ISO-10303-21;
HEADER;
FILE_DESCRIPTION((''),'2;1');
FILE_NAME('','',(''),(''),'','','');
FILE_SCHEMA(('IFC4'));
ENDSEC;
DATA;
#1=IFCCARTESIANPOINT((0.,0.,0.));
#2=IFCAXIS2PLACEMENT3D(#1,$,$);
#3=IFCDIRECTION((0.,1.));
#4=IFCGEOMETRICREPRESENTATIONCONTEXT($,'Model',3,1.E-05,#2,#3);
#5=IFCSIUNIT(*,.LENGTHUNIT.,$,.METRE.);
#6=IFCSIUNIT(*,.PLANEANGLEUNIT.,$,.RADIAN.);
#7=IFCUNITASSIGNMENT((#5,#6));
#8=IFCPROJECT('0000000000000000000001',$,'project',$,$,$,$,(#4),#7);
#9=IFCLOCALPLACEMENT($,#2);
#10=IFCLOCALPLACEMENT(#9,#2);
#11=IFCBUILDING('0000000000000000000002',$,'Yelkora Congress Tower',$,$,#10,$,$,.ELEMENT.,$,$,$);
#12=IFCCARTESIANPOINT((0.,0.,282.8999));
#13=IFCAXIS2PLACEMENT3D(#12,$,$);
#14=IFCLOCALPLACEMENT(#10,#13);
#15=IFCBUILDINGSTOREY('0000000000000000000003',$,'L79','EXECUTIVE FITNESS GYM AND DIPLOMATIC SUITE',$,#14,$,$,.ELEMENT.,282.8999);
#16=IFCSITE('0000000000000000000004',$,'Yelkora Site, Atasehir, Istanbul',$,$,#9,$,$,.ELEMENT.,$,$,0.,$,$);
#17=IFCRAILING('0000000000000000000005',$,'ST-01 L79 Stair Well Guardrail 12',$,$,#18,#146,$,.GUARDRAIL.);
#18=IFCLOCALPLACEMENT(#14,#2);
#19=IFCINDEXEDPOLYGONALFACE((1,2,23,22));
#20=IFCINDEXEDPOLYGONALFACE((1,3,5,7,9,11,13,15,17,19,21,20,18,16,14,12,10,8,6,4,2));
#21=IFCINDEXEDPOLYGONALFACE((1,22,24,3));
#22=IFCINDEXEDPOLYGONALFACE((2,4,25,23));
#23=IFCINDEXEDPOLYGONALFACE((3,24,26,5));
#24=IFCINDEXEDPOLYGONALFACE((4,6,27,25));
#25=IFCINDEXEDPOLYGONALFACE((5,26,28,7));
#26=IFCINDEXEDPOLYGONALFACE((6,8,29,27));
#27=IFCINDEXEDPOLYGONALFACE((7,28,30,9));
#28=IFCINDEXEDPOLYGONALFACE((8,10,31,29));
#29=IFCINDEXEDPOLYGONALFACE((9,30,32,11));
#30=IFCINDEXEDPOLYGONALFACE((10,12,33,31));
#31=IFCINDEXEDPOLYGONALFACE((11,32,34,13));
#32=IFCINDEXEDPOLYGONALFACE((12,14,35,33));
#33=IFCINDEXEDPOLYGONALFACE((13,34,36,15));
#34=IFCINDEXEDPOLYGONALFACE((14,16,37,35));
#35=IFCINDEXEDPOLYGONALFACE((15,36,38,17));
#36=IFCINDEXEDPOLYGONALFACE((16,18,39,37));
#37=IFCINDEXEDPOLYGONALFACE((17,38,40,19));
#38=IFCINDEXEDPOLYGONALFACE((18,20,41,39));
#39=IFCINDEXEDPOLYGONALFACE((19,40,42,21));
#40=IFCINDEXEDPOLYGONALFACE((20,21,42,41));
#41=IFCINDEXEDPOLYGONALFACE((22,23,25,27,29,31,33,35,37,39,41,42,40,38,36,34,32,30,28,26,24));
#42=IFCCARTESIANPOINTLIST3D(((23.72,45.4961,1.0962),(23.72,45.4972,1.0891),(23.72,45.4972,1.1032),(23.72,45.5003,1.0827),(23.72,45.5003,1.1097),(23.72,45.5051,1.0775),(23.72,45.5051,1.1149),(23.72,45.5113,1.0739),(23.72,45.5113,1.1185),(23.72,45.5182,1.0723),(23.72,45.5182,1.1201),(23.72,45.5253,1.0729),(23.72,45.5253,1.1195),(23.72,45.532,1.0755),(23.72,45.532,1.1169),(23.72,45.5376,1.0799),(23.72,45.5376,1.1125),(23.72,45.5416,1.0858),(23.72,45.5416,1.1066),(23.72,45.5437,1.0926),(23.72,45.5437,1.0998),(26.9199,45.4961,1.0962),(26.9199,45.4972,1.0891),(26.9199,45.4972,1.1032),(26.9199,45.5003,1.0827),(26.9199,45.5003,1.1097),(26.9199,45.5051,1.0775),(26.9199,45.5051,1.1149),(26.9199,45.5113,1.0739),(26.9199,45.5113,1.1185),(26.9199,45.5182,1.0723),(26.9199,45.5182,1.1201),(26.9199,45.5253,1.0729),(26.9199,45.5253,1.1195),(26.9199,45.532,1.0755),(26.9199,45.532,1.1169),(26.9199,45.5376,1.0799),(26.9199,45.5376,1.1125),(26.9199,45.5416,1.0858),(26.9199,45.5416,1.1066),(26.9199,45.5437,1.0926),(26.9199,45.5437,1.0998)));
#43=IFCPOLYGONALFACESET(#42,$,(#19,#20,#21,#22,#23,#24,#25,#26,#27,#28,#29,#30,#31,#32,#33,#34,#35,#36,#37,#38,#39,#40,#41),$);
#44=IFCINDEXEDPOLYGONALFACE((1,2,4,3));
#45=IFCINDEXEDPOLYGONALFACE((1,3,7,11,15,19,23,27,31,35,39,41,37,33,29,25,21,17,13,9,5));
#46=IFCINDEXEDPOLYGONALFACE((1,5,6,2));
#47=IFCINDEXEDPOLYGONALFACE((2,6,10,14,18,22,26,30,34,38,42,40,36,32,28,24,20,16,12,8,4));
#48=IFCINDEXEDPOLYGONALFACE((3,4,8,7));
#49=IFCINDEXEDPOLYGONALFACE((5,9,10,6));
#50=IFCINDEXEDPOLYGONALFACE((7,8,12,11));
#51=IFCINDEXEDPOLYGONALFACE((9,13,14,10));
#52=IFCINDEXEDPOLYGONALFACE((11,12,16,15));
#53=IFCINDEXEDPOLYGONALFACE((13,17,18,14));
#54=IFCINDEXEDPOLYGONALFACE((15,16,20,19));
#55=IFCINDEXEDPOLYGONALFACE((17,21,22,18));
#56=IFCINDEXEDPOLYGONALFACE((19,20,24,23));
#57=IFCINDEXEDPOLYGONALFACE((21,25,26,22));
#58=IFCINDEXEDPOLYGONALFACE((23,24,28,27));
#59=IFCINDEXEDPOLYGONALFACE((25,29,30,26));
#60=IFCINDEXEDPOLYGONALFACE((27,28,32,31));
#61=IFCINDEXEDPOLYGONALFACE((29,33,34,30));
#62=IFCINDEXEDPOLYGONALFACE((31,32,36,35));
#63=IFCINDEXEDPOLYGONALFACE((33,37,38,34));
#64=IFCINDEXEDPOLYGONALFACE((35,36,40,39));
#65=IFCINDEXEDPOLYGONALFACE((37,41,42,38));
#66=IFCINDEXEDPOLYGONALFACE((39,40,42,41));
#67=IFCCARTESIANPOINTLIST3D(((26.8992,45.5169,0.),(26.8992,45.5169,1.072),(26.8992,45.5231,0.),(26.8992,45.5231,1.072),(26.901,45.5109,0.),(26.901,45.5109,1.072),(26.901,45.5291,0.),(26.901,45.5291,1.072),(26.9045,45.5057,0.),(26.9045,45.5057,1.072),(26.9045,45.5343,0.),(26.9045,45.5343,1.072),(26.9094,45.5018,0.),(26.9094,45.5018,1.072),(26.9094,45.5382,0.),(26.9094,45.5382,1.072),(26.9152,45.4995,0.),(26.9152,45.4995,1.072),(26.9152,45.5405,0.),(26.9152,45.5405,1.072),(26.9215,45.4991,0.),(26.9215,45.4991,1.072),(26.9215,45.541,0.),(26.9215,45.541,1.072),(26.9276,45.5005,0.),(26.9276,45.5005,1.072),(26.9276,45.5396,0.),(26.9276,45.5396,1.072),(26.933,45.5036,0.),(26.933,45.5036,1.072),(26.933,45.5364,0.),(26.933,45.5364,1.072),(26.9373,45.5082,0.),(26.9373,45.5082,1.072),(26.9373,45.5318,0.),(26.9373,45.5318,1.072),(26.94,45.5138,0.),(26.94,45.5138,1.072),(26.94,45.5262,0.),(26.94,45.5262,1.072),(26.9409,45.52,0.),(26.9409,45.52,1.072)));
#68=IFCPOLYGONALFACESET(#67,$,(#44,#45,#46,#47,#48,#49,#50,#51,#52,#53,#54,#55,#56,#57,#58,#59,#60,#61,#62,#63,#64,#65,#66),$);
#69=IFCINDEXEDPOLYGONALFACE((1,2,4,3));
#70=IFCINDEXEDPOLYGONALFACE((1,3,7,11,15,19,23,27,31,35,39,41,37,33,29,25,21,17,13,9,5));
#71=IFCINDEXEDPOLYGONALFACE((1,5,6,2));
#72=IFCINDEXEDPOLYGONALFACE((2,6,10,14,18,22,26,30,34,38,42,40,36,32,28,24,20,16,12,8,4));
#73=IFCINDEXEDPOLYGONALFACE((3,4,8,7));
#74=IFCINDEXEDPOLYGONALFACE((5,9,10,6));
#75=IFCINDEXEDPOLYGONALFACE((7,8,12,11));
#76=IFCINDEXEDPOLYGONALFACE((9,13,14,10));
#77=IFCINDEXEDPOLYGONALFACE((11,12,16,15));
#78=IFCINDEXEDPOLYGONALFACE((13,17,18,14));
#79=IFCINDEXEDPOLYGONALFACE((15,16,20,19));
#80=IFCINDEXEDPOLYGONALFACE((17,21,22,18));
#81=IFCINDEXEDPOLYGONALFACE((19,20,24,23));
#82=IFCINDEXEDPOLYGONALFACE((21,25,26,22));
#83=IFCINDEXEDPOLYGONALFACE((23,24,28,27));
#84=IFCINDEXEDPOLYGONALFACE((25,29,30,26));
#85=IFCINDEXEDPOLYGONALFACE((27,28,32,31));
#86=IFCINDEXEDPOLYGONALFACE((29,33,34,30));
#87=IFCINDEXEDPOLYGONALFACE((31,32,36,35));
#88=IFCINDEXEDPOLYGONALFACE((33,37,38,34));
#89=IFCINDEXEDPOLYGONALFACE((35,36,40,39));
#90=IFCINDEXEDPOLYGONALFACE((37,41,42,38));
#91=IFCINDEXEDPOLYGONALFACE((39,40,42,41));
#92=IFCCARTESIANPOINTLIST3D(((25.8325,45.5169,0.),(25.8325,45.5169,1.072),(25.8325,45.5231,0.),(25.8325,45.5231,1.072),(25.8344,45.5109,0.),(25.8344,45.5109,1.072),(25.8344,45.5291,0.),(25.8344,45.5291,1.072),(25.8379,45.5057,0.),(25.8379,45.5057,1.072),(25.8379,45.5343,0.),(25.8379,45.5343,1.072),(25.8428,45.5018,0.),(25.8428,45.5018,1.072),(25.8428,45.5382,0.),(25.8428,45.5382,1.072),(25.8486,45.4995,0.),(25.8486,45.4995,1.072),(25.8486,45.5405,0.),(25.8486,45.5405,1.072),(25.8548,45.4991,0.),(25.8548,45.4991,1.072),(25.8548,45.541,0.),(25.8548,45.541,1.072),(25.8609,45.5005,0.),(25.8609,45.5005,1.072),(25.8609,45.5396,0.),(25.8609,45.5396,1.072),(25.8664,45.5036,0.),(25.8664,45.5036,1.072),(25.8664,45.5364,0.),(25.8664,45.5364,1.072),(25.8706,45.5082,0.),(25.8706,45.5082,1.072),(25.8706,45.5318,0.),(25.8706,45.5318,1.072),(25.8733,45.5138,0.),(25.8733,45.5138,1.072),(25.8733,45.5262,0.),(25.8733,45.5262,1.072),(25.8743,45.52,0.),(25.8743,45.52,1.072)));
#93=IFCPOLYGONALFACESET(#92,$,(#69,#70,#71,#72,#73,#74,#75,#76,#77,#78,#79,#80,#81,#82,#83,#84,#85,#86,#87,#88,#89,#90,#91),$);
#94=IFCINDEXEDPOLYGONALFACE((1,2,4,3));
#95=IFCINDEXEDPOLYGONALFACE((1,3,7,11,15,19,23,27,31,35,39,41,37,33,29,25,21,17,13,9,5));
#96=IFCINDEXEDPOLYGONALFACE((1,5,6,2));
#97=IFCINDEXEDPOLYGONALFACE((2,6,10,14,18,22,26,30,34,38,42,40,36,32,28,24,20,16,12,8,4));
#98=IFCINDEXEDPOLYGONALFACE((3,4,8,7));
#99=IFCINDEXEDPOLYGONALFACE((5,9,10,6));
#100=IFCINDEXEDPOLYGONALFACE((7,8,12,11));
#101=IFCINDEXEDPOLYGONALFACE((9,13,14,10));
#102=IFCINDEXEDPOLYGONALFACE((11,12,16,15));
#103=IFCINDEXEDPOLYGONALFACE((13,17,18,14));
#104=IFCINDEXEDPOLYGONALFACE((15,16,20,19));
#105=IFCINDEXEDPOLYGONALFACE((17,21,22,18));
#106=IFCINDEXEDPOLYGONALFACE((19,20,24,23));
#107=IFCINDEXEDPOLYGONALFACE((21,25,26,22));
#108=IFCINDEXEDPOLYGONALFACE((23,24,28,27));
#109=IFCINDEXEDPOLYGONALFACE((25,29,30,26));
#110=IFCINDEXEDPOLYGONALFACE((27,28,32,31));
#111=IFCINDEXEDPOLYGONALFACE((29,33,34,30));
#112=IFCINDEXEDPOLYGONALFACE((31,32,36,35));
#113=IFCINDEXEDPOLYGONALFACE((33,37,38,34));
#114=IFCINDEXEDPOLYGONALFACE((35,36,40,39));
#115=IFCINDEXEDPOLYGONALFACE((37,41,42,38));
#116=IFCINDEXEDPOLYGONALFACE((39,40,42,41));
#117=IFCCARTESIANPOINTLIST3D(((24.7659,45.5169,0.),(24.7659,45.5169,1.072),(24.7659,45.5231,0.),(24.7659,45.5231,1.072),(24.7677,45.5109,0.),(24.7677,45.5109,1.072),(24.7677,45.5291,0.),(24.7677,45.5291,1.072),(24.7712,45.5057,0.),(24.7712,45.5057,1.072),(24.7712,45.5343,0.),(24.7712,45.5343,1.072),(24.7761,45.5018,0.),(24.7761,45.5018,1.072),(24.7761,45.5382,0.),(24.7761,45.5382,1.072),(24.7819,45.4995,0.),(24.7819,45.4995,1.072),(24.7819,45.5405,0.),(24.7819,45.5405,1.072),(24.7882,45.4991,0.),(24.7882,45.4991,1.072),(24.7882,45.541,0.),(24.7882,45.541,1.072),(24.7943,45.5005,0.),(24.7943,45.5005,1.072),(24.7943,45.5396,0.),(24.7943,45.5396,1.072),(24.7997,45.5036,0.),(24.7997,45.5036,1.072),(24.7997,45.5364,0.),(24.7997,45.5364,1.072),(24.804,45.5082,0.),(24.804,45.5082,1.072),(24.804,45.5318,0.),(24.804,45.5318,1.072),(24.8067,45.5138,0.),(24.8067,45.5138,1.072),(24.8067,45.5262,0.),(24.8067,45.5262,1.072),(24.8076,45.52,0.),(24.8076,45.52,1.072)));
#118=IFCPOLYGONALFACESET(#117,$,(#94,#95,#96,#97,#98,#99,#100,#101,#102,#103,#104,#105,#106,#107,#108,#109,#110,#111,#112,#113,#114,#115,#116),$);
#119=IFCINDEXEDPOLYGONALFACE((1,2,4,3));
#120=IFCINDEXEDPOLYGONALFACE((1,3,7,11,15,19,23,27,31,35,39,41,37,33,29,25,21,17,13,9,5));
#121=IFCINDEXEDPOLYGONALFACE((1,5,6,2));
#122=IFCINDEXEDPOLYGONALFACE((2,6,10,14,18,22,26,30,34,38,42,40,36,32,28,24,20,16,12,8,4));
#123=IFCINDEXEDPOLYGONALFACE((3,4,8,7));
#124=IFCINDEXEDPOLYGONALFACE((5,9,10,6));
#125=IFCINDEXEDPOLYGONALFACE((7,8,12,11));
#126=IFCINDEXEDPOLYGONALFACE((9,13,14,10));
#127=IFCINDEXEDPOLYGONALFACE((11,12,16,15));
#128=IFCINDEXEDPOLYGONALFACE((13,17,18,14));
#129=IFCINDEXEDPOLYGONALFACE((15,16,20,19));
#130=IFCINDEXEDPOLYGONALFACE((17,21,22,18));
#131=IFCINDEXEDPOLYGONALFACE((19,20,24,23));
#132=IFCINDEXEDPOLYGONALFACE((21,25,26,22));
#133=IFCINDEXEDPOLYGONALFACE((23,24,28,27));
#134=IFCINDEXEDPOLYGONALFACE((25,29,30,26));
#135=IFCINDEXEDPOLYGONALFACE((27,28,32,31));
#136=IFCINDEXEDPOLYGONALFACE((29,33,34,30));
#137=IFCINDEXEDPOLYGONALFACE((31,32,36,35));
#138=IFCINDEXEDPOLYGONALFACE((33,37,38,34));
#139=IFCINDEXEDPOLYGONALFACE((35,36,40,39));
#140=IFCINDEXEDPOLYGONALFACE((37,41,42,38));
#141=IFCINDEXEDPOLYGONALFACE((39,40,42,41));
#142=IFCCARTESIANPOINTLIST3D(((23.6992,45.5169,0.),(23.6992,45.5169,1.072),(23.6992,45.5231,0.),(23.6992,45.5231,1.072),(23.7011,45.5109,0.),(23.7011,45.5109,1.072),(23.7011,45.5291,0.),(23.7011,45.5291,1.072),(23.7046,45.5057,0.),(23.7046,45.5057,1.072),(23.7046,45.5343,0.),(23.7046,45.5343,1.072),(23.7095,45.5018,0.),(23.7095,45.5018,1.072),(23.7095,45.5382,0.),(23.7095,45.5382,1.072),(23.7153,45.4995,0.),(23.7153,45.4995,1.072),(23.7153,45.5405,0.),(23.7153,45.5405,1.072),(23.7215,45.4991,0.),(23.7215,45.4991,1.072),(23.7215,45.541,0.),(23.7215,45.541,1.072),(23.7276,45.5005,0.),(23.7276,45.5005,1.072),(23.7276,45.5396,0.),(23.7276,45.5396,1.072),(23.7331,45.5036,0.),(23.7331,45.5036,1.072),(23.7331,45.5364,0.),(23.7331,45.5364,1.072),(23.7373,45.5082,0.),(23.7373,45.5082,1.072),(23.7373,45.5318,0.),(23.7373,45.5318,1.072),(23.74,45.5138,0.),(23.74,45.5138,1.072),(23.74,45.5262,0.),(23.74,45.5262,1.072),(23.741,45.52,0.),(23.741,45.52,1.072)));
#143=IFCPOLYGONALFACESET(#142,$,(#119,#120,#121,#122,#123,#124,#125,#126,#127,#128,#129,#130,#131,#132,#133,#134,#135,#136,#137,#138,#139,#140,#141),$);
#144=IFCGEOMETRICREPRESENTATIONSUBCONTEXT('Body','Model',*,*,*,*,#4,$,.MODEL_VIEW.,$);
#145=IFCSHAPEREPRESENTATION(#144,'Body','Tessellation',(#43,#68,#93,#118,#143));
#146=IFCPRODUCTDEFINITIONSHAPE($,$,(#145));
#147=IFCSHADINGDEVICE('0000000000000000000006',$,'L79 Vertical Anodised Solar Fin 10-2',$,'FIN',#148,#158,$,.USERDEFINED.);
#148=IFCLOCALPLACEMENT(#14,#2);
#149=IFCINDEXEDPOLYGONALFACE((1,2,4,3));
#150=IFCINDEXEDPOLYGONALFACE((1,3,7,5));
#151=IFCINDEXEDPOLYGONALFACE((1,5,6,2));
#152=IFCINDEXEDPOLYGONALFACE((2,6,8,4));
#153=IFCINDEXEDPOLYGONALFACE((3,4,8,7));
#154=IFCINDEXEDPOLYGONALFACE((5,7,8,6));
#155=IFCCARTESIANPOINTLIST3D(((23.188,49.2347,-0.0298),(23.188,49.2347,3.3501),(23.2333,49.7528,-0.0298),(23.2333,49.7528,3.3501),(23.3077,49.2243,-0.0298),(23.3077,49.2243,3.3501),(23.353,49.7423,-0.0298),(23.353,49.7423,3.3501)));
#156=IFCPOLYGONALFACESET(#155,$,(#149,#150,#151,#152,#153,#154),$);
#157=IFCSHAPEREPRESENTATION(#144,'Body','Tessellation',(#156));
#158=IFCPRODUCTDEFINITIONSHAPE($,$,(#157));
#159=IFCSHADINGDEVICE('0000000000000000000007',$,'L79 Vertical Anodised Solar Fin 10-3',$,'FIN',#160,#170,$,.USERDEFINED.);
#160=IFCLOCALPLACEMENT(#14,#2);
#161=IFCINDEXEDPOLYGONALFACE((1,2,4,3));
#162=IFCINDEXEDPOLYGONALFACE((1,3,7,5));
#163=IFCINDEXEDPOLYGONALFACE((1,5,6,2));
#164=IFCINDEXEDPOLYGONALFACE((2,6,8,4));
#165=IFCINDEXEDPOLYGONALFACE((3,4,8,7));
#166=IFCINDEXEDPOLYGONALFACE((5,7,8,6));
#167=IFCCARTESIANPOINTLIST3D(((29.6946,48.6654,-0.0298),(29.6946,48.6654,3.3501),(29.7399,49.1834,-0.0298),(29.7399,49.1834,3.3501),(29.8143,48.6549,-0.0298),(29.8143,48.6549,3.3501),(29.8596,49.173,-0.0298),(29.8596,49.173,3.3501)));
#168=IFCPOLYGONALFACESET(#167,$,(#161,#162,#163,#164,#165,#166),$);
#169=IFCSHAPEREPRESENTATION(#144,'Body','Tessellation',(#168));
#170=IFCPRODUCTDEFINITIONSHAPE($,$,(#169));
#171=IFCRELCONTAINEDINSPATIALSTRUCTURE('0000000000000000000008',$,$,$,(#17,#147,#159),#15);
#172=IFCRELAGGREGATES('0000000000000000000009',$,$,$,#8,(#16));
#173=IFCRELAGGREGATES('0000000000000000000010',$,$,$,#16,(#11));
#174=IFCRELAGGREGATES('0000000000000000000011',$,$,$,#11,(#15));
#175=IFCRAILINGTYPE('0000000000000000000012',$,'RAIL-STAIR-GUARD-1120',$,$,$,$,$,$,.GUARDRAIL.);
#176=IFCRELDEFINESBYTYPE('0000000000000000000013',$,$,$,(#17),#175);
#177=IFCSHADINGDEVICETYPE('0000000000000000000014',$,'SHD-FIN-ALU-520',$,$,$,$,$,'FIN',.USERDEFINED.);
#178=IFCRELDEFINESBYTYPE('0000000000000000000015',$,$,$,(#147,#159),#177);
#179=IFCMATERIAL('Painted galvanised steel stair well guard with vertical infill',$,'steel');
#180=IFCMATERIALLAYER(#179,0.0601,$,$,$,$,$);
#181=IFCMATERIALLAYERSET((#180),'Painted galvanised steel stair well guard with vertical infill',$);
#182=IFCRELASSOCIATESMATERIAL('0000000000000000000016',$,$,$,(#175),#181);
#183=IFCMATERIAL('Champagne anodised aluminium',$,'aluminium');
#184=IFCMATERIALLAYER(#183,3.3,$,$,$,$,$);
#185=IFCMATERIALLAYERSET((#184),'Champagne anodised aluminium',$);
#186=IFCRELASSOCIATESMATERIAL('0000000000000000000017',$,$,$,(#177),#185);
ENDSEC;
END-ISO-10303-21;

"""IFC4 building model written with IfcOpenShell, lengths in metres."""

from ifc_helpers import new_model, si_unit, direction, frame, origin, origin_2d, place, context, subcontext, project, spatial, rectangle, circle, extrude, material, layer, layer_set, type_object, element, save


model = new_model("IFC4")

# Units and contexts
model_context = context("Model", 3, precision=1e-05, world=origin(), true_north=direction((0.0, 1.0)))
body_context = subcontext(model_context, "Body", "Model", "MODEL_VIEW")
ifc_project = project(units=[si_unit("LENGTHUNIT", "METRE"), si_unit("PLANEANGLEUNIT", "RADIAN")], contexts=[model_context])

# Site, building, storey
site_placement = place(None, origin())
site = spatial("IfcSite", under=ifc_project, at=site_placement, Name="Yelkora Site, Atasehir, Istanbul", CompositionType="ELEMENT", RefElevation=0.0)
building_placement = place(site_placement, origin())
building = spatial("IfcBuilding", under=site, at=building_placement, Name="Yelkora Congress Tower", CompositionType="ELEMENT")
storey_placement = place(building_placement, frame((0.0, 0.0, 282.8999)))
storey = spatial("IfcBuildingStorey", under=building, at=storey_placement, Name="L79", Description="EXECUTIVE FITNESS GYM AND DIPLOMATIC SUITE", CompositionType="ELEMENT", Elevation=282.8999)

# Railing
ifc_material_1 = material(Name="Painted galvanised steel stair well guard with vertical infill", Category="steel")
ifc_layer_1 = layer(ifc_material_1, 0.0601)
ifc_layer_set_1 = layer_set([ifc_layer_1], Name="Painted galvanised steel stair well guard with vertical infill")
railing_type = type_object("IfcRailingType", Name="RAIL-STAIR-GUARD-1120", PredefinedType="GUARDRAIL", material=ifc_layer_set_1)
railing_1_placement = place(storey_placement, frame((26.9199, 45.52, 0.0)))
element("IfcRailing", 1, at=railing_1_placement, inside=storey, type_object=railing_type, Name="ST-01 L79 Stair Well Guardrail 12", PredefinedType="GUARDRAIL", context=body_context, shape_type="SweptSolid", body=[
    extrude(circle(Radius=0.0239, at=origin_2d()), frame((0.0, 0.0, 1.0962), z_axis=(-1.0, 0.0, 0.0), x_axis=(0.0, -1.0, 0.0)), (0.0, 0.0, 1.0), 3.2),
    extrude(circle(Radius=0.021, at=origin_2d()), origin(), (0.0, 0.0, 1.0), 1.072),
    extrude(circle(Radius=0.021, at=origin_2d()), frame((-1.0667, 0.0, 0.0)), (0.0, 0.0, 1.0), 1.072),
    extrude(circle(Radius=0.021, at=origin_2d()), frame((-2.1333, 0.0, 0.0)), (0.0, 0.0, 1.0), 1.072),
    extrude(circle(Radius=0.021, at=origin_2d()), frame((-3.2, 0.0, 0.0)), (0.0, 0.0, 1.0), 1.072),
])

# Shading devices
ifc_material_2 = material(Name="Champagne anodised aluminium", Category="aluminium")
ifc_layer_2 = layer(ifc_material_2, 3.3)
ifc_layer_set_2 = layer_set([ifc_layer_2], Name="Champagne anodised aluminium")
shading_device_type = type_object("IfcShadingDeviceType", Name="SHD-FIN-ALU-520", ElementType="FIN", PredefinedType="USERDEFINED", material=ifc_layer_set_2)
for number, where, z_axis, x_axis, name in (
    (2, (23.2705, 49.4885, -0.0298), (0.0, 0.0, 1.0), (0.996195, -0.087156, 0.0), "L79 Vertical Anodised Solar Fin 10-2"),
    (3, (29.7771, 48.9192, -0.0298), (0.0, 0.0, 1.0), (0.996195, -0.087156, 0.0), "L79 Vertical Anodised Solar Fin 10-3"),
):
    element("IfcShadingDevice", number, at=place(storey_placement, frame(where, z_axis=z_axis, x_axis=x_axis)), inside=storey, type_object=shading_device_type, Name=name, ObjectType="FIN", PredefinedType="USERDEFINED", context=body_context, shape_type="SweptSolid", body=[
        extrude(rectangle(XDim=0.1201, YDim=0.52, at=origin_2d()), origin(), (0.0, 0.0, 1.0), 3.3799),
    ])

save(model, "model.ifc")
